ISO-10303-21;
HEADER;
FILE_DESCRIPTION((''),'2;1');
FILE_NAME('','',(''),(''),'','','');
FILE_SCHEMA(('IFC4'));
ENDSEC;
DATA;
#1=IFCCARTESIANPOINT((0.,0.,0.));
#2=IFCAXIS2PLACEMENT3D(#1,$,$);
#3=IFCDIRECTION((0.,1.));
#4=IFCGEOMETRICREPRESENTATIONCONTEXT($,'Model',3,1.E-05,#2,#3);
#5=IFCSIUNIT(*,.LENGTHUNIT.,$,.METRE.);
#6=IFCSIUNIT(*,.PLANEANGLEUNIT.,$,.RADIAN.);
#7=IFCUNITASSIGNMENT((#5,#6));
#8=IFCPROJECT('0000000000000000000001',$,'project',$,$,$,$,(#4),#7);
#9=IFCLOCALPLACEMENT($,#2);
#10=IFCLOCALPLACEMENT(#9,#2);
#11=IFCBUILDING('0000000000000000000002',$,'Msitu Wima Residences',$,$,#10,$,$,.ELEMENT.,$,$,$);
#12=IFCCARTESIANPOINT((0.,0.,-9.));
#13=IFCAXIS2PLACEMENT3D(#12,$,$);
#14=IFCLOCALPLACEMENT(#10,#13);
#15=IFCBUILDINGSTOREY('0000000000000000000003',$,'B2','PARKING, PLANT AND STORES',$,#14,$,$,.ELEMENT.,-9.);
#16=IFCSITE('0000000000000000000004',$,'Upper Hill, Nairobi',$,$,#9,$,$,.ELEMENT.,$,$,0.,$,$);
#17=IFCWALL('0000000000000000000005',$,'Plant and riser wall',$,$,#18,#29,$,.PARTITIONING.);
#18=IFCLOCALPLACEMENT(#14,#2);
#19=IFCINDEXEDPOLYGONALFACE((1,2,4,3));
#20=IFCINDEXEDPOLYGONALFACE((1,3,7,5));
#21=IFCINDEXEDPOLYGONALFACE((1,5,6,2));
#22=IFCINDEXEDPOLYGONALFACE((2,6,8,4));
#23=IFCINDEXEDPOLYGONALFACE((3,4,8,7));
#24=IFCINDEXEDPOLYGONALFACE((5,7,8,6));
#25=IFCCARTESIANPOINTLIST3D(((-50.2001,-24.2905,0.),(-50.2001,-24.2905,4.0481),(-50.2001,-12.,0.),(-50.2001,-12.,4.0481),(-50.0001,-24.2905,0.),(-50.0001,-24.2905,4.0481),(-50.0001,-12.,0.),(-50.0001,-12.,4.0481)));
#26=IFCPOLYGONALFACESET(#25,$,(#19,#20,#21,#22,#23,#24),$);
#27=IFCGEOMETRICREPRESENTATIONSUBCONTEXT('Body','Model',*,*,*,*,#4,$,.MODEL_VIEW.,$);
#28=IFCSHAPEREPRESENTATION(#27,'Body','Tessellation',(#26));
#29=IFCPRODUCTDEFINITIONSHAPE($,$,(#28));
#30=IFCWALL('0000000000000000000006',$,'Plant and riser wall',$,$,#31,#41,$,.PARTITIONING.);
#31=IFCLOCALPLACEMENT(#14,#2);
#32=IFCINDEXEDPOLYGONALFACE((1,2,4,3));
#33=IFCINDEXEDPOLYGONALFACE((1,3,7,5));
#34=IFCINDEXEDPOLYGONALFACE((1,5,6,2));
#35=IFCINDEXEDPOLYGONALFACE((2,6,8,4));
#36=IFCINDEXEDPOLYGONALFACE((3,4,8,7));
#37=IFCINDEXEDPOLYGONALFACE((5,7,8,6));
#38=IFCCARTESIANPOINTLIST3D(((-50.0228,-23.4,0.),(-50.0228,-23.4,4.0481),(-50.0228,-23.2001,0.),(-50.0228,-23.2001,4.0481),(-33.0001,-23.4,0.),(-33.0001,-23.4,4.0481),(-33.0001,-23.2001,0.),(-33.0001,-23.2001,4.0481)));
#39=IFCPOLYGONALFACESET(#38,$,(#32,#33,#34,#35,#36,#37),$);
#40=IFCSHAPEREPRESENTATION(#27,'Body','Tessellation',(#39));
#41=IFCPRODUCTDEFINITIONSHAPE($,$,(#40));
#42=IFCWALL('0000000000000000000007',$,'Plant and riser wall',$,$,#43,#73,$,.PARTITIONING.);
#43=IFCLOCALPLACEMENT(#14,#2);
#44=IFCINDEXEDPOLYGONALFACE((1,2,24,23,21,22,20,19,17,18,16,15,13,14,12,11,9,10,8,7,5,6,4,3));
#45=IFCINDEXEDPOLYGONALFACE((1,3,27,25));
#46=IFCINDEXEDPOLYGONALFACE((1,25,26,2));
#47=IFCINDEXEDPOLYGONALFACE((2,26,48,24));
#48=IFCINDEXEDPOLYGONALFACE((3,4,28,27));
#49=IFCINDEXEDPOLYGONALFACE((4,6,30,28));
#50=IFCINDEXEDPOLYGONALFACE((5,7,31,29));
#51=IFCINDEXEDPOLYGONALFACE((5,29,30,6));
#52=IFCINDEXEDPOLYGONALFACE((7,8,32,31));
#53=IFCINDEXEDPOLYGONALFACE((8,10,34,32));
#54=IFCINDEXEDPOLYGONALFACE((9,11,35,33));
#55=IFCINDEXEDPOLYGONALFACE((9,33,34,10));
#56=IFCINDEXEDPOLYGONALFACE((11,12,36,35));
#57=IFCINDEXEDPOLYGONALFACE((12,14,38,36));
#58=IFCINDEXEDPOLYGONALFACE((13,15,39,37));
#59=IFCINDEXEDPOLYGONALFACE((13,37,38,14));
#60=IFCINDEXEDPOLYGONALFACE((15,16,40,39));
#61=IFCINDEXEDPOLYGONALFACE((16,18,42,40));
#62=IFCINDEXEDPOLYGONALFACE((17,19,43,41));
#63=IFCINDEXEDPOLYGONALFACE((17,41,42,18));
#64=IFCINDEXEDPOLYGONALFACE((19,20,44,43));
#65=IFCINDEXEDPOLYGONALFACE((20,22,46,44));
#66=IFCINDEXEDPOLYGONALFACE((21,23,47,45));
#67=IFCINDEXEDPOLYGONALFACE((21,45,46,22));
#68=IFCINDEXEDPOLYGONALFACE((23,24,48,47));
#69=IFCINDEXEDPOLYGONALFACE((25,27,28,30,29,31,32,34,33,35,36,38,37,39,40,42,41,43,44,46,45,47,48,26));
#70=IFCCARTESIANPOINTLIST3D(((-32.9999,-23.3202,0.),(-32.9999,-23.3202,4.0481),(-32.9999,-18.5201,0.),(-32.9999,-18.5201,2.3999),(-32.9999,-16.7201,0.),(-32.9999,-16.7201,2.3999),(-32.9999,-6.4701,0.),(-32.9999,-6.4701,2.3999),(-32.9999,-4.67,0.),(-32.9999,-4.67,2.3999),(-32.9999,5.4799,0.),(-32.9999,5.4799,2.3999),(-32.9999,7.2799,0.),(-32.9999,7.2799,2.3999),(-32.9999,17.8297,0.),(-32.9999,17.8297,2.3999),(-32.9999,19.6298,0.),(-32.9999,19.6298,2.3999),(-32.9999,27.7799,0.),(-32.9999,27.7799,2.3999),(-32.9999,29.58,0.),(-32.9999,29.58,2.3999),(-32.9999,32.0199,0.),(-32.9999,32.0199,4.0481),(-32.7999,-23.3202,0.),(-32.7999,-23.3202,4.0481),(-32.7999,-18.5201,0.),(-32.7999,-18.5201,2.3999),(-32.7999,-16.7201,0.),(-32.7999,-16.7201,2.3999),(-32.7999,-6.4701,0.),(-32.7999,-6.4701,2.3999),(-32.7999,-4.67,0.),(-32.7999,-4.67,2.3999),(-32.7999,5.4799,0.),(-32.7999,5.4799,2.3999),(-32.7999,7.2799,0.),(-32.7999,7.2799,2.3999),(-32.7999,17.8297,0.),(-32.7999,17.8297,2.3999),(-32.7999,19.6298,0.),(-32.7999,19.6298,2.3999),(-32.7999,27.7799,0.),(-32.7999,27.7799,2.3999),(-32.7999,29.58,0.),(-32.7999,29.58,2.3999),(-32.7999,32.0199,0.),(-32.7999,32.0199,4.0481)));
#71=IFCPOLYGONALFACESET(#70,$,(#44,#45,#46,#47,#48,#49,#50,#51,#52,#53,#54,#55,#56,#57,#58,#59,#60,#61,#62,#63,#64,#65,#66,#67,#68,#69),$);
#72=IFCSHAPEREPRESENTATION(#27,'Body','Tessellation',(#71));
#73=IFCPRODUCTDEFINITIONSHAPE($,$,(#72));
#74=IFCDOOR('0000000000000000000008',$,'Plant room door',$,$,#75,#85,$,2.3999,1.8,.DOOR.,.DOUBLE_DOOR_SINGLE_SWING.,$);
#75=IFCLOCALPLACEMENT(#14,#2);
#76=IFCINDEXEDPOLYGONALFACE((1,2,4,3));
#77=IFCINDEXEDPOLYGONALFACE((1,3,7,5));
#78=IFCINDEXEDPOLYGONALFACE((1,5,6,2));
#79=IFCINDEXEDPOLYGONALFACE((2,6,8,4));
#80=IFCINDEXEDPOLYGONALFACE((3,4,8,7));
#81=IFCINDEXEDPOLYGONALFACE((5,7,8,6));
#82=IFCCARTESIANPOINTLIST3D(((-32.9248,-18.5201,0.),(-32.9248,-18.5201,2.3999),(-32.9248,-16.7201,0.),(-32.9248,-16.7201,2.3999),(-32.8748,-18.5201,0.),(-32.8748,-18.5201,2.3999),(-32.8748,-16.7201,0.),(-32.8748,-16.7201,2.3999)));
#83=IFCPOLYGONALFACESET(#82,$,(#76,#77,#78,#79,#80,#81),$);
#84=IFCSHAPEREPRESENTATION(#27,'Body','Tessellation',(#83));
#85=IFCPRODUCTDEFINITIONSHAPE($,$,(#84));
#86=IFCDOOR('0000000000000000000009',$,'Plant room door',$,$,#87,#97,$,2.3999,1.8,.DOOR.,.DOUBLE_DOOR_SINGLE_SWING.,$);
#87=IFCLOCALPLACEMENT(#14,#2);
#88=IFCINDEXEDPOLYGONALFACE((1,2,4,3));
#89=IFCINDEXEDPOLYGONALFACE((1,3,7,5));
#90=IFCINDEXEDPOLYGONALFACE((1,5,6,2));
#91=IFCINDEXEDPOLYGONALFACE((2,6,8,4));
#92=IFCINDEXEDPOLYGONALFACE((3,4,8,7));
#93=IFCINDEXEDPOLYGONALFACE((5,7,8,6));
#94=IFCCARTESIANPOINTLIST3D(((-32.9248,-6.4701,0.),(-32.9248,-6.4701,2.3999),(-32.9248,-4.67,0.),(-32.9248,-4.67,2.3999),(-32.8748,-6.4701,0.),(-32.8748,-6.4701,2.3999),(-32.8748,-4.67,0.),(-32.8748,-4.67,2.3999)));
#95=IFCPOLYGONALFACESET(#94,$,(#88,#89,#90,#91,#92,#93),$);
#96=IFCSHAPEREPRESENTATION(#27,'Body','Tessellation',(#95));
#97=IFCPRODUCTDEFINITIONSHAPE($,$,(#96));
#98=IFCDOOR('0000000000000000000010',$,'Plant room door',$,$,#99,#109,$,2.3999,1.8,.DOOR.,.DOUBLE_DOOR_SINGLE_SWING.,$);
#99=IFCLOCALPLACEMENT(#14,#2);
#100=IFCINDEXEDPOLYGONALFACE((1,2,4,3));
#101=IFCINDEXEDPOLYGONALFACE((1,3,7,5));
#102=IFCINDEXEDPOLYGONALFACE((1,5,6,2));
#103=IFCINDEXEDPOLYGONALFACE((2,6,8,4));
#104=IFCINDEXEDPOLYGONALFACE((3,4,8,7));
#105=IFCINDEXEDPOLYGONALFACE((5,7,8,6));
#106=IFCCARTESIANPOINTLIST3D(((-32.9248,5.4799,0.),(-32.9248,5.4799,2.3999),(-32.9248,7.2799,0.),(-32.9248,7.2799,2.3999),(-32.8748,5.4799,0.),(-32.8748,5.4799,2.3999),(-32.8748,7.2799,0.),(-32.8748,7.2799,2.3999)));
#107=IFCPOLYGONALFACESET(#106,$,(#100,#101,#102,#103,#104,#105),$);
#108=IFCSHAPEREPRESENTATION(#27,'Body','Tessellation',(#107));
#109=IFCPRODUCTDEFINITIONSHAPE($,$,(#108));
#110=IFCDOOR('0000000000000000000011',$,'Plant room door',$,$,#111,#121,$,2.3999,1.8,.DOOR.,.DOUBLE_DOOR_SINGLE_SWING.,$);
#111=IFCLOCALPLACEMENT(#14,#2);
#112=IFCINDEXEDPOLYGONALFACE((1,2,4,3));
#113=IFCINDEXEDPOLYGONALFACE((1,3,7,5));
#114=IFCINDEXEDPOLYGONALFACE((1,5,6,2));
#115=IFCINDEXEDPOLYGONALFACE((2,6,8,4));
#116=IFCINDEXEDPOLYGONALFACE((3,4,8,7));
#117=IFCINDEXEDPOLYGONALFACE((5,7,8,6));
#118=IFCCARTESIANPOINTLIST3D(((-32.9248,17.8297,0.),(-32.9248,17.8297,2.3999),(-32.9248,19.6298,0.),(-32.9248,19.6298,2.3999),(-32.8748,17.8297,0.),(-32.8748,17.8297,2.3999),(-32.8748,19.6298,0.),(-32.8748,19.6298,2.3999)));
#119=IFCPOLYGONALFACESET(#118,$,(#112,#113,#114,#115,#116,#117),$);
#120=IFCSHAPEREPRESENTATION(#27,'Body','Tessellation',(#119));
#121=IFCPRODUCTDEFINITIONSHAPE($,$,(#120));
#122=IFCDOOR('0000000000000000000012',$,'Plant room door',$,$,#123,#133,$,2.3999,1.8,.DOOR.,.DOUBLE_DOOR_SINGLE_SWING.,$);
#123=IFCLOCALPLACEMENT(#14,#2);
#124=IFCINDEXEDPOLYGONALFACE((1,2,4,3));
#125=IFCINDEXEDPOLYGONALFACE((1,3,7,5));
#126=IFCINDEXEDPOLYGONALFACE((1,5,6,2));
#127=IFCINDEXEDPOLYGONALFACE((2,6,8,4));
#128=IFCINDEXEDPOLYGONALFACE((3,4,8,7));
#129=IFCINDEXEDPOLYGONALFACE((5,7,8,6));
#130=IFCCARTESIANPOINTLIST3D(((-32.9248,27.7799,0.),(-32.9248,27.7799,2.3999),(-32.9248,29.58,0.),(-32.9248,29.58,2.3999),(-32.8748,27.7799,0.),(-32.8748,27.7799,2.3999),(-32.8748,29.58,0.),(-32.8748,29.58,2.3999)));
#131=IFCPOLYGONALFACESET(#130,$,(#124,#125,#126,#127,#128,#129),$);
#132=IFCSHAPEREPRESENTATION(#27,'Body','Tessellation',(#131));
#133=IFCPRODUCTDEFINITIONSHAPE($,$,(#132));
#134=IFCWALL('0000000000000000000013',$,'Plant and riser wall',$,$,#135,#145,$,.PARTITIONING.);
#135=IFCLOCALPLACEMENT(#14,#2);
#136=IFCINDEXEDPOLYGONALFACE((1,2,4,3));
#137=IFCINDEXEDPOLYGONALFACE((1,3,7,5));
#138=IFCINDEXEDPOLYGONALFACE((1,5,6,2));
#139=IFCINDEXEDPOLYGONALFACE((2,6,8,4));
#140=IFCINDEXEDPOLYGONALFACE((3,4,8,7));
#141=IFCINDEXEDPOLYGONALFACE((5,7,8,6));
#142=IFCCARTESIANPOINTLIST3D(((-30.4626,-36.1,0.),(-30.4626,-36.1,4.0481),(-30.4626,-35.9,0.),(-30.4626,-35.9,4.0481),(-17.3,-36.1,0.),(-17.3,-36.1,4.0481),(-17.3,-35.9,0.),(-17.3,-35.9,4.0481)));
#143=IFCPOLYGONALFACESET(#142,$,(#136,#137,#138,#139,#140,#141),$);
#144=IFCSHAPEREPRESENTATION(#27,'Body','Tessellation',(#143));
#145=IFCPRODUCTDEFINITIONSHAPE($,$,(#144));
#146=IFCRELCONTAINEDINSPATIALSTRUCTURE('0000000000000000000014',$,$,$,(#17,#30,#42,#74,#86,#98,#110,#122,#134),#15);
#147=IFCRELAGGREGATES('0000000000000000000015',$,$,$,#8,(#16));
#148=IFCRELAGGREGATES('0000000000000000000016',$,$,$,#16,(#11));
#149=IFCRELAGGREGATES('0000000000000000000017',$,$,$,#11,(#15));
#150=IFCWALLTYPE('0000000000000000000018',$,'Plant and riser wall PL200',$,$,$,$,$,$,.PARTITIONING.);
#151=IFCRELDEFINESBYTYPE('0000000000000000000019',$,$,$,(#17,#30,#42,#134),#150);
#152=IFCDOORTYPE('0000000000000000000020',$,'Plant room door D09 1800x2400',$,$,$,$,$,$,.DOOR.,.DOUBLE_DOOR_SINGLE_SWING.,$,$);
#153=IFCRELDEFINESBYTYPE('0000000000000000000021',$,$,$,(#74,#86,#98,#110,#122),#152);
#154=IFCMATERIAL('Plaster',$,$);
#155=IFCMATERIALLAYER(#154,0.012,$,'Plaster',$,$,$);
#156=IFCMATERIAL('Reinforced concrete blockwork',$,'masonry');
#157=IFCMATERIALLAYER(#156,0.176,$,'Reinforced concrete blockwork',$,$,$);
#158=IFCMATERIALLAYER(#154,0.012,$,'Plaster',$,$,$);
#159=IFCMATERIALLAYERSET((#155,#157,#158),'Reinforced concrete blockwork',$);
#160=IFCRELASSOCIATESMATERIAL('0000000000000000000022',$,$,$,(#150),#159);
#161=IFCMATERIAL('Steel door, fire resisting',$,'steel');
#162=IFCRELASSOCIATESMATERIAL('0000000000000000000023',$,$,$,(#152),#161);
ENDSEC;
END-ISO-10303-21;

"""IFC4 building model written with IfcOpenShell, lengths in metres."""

from ifc_helpers import new_model, si_unit, direction, frame, frame_2d, origin, place, context, subcontext, project, spatial, rectangle, extrude, material, layer, layer_set, type_object, element, fill, save


model = new_model("IFC4")

# Units and contexts
model_context = context("Model", 3, precision=1e-05, world=origin(), true_north=direction((0.0, 1.0)))
body_context = subcontext(model_context, "Body", "Model", "MODEL_VIEW")
ifc_project = project(units=[si_unit("LENGTHUNIT", "METRE"), si_unit("PLANEANGLEUNIT", "RADIAN")], contexts=[model_context])

# Site, building, storey
site_placement = place(None, origin())
site = spatial("IfcSite", under=ifc_project, at=site_placement, Name="Upper Hill, Nairobi", CompositionType="ELEMENT", RefElevation=0.0)
building_placement = place(site_placement, origin())
building = spatial("IfcBuilding", under=site, at=building_placement, Name="Msitu Wima Residences", CompositionType="ELEMENT")
storey_placement = place(building_placement, frame((0.0, 0.0, -9.0)))
storey = spatial("IfcBuildingStorey", under=building, at=storey_placement, Name="B2", Description="PARKING, PLANT AND STORES", CompositionType="ELEMENT", Elevation=-9.0)

# Walls
ifc_material_1 = material(Name="Plaster")
ifc_layer_1 = layer(ifc_material_1, 0.012, Name="Plaster")
ifc_material_2 = material(Name="Reinforced concrete blockwork", Category="masonry")
ifc_layer_2 = layer(ifc_material_2, 0.176, Name="Reinforced concrete blockwork")
ifc_layer_3 = layer(ifc_material_1, 0.012, Name="Plaster")
ifc_layer_set_1 = layer_set([ifc_layer_1, ifc_layer_2, ifc_layer_3], Name="Reinforced concrete blockwork")
wall_type_1 = type_object("IfcWallType", Name="Plant and riser wall PL200", PredefinedType="PARTITIONING", material=ifc_layer_set_1)
wall_1_placement = place(storey_placement, frame((-50.1001, -24.2905, 0.0), z_axis=(0.0, 0.0, 1.0), x_axis=(0.0, 1.0, 0.0)))
element("IfcWall", 1, at=wall_1_placement, inside=storey, type_object=wall_type_1, Name="Plant and riser wall", PredefinedType="PARTITIONING", context=body_context, shape_type="SweptSolid", body=[
    extrude(rectangle(XDim=12.2905, YDim=0.2, at=frame_2d((6.1453, 0.0))), origin(), (0.0, 0.0, 1.0), 4.0481),
])
wall_2_placement = place(storey_placement, frame((-50.0227, -23.3, 0.0), z_axis=(0.0, 0.0, 1.0), x_axis=(1.0, 0.0, 0.0)))
element("IfcWall", 2, at=wall_2_placement, inside=storey, type_object=wall_type_1, Name="Plant and riser wall", PredefinedType="PARTITIONING", context=body_context, shape_type="SweptSolid", body=[
    extrude(rectangle(XDim=17.0227, YDim=0.2, at=frame_2d((8.5112, 0.0))), origin(), (0.0, 0.0, 1.0), 4.0481),
])

# Wall, openings, doors
wall_3_placement = place(storey_placement, frame((-32.8999, -23.3201, 0.0), z_axis=(0.0, 0.0, 1.0), x_axis=(0.0, 1.0, 0.0)))
wall_3 = element("IfcWall", 3, at=wall_3_placement, inside=storey, type_object=wall_type_1, Name="Plant and riser wall", PredefinedType="PARTITIONING", context=body_context, shape_type="SweptSolid", body=[
    extrude(rectangle(XDim=55.3401, YDim=0.2, at=frame_2d((27.6699, 0.0))), origin(), (0.0, 0.0, 1.0), 4.0481),
])
opening_1_placement = place(wall_3_placement, frame((4.8, 0.0, 0.0)))
opening_1 = element("IfcOpeningElement", 4, at=opening_1_placement, cuts=wall_3, PredefinedType="OPENING", context=body_context, shape_type="SweptSolid", body=[
    extrude(rectangle(XDim=1.8, YDim=2.3999, at=frame_2d((0.8999, 1.2))), frame((0.0, 0.1099, 0.0), z_axis=(0.0, -1.0, 0.0), x_axis=(1.0, 0.0, 0.0)), (0.0, 0.0, 1.0), 0.22),
])
opening_2_placement = place(wall_3_placement, frame((16.8501, 0.0, 0.0)))
opening_2 = element("IfcOpeningElement", 5, at=opening_2_placement, cuts=wall_3, PredefinedType="OPENING", context=body_context, shape_type="SweptSolid", body=[
    extrude(rectangle(XDim=1.8, YDim=2.3999, at=frame_2d((0.8999, 1.2))), frame((0.0, 0.1099, 0.0), z_axis=(0.0, -1.0, 0.0), x_axis=(1.0, 0.0, 0.0)), (0.0, 0.0, 1.0), 0.22),
])
opening_3_placement = place(wall_3_placement, frame((28.8, 0.0, 0.0)))
opening_3 = element("IfcOpeningElement", 6, at=opening_3_placement, cuts=wall_3, PredefinedType="OPENING", context=body_context, shape_type="SweptSolid", body=[
    extrude(rectangle(XDim=1.8, YDim=2.3999, at=frame_2d((0.8999, 1.2))), frame((0.0, 0.1099, 0.0), z_axis=(0.0, -1.0, 0.0), x_axis=(1.0, 0.0, 0.0)), (0.0, 0.0, 1.0), 0.22),
])
opening_4_placement = place(wall_3_placement, frame((41.1499, 0.0, 0.0)))
opening_4 = element("IfcOpeningElement", 7, at=opening_4_placement, cuts=wall_3, PredefinedType="OPENING", context=body_context, shape_type="SweptSolid", body=[
    extrude(rectangle(XDim=1.8, YDim=2.3999, at=frame_2d((0.8999, 1.2))), frame((0.0, 0.1099, 0.0), z_axis=(0.0, -1.0, 0.0), x_axis=(1.0, 0.0, 0.0)), (0.0, 0.0, 1.0), 0.22),
])
opening_5_placement = place(wall_3_placement, frame((51.1001, 0.0, 0.0)))
opening_5 = element("IfcOpeningElement", 8, at=opening_5_placement, cuts=wall_3, PredefinedType="OPENING", context=body_context, shape_type="SweptSolid", body=[
    extrude(rectangle(XDim=1.8, YDim=2.3999, at=frame_2d((0.8999, 1.2))), frame((0.0, 0.1099, 0.0), z_axis=(0.0, -1.0, 0.0), x_axis=(1.0, 0.0, 0.0)), (0.0, 0.0, 1.0), 0.22),
])
ifc_material_3 = material(Name="Steel door, fire resisting", Category="steel")
door_type = type_object("IfcDoorType", Name="Plant room door D09 1800x2400", OperationType="DOUBLE_DOOR_SINGLE_SWING", PredefinedType="DOOR", material=ifc_material_3)
door_1_placement = place(opening_1_placement, origin())
door_1 = element("IfcDoor", 9, at=door_1_placement, inside=storey, type_object=door_type, Name="Plant room door", OperationType="DOUBLE_DOOR_SINGLE_SWING", OverallHeight=2.3999, OverallWidth=1.8, PredefinedType="DOOR", context=body_context, shape_type="SweptSolid", body=[
    extrude(rectangle(XDim=1.8, YDim=2.3999, at=frame_2d((0.8999, 1.2))), frame((0.0, 0.0249, 0.0), z_axis=(0.0, -1.0, 0.0), x_axis=(1.0, 0.0, 0.0)), (0.0, 0.0, 1.0), 0.05),
])
fill(opening_1, door_1)
door_2_placement = place(opening_2_placement, origin())
door_2 = element("IfcDoor", 10, at=door_2_placement, inside=storey, type_object=door_type, Name="Plant room door", OperationType="DOUBLE_DOOR_SINGLE_SWING", OverallHeight=2.3999, OverallWidth=1.8, PredefinedType="DOOR", context=body_context, shape_type="SweptSolid", body=[
    extrude(rectangle(XDim=1.8, YDim=2.3999, at=frame_2d((0.8999, 1.2))), frame((0.0, 0.0249, 0.0), z_axis=(0.0, -1.0, 0.0), x_axis=(1.0, 0.0, 0.0)), (0.0, 0.0, 1.0), 0.05),
])
fill(opening_2, door_2)
door_3_placement = place(opening_3_placement, origin())
door_3 = element("IfcDoor", 11, at=door_3_placement, inside=storey, type_object=door_type, Name="Plant room door", OperationType="DOUBLE_DOOR_SINGLE_SWING", OverallHeight=2.3999, OverallWidth=1.8, PredefinedType="DOOR", context=body_context, shape_type="SweptSolid", body=[
    extrude(rectangle(XDim=1.8, YDim=2.3999, at=frame_2d((0.8999, 1.2))), frame((0.0, 0.0249, 0.0), z_axis=(0.0, -1.0, 0.0), x_axis=(1.0, 0.0, 0.0)), (0.0, 0.0, 1.0), 0.05),
])
fill(opening_3, door_3)
door_4_placement = place(opening_4_placement, origin())
door_4 = element("IfcDoor", 12, at=door_4_placement, inside=storey, type_object=door_type, Name="Plant room door", OperationType="DOUBLE_DOOR_SINGLE_SWING", OverallHeight=2.3999, OverallWidth=1.8, PredefinedType="DOOR", context=body_context, shape_type="SweptSolid", body=[
    extrude(rectangle(XDim=1.8, YDim=2.3999, at=frame_2d((0.8999, 1.2))), frame((0.0, 0.0249, 0.0), z_axis=(0.0, -1.0, 0.0), x_axis=(1.0, 0.0, 0.0)), (0.0, 0.0, 1.0), 0.05),
])
fill(opening_4, door_4)
door_5_placement = place(opening_5_placement, origin())
door_5 = element("IfcDoor", 13, at=door_5_placement, inside=storey, type_object=door_type, Name="Plant room door", OperationType="DOUBLE_DOOR_SINGLE_SWING", OverallHeight=2.3999, OverallWidth=1.8, PredefinedType="DOOR", context=body_context, shape_type="SweptSolid", body=[
    extrude(rectangle(XDim=1.8, YDim=2.3999, at=frame_2d((0.8999, 1.2))), frame((0.0, 0.0249, 0.0), z_axis=(0.0, -1.0, 0.0), x_axis=(1.0, 0.0, 0.0)), (0.0, 0.0, 1.0), 0.05),
])
fill(opening_5, door_5)

# Wall
wall_4_placement = place(storey_placement, frame((-30.4626, -36.0, 0.0), z_axis=(0.0, 0.0, 1.0), x_axis=(1.0, 0.0, 0.0)))
element("IfcWall", 14, at=wall_4_placement, inside=storey, type_object=wall_type_1, Name="Plant and riser wall", PredefinedType="PARTITIONING", context=body_context, shape_type="SweptSolid", body=[
    extrude(rectangle(XDim=13.1626, YDim=0.2, at=frame_2d((6.5813, 0.0))), origin(), (0.0, 0.0, 1.0), 4.0481),
])

save(model, "model.ifc")
